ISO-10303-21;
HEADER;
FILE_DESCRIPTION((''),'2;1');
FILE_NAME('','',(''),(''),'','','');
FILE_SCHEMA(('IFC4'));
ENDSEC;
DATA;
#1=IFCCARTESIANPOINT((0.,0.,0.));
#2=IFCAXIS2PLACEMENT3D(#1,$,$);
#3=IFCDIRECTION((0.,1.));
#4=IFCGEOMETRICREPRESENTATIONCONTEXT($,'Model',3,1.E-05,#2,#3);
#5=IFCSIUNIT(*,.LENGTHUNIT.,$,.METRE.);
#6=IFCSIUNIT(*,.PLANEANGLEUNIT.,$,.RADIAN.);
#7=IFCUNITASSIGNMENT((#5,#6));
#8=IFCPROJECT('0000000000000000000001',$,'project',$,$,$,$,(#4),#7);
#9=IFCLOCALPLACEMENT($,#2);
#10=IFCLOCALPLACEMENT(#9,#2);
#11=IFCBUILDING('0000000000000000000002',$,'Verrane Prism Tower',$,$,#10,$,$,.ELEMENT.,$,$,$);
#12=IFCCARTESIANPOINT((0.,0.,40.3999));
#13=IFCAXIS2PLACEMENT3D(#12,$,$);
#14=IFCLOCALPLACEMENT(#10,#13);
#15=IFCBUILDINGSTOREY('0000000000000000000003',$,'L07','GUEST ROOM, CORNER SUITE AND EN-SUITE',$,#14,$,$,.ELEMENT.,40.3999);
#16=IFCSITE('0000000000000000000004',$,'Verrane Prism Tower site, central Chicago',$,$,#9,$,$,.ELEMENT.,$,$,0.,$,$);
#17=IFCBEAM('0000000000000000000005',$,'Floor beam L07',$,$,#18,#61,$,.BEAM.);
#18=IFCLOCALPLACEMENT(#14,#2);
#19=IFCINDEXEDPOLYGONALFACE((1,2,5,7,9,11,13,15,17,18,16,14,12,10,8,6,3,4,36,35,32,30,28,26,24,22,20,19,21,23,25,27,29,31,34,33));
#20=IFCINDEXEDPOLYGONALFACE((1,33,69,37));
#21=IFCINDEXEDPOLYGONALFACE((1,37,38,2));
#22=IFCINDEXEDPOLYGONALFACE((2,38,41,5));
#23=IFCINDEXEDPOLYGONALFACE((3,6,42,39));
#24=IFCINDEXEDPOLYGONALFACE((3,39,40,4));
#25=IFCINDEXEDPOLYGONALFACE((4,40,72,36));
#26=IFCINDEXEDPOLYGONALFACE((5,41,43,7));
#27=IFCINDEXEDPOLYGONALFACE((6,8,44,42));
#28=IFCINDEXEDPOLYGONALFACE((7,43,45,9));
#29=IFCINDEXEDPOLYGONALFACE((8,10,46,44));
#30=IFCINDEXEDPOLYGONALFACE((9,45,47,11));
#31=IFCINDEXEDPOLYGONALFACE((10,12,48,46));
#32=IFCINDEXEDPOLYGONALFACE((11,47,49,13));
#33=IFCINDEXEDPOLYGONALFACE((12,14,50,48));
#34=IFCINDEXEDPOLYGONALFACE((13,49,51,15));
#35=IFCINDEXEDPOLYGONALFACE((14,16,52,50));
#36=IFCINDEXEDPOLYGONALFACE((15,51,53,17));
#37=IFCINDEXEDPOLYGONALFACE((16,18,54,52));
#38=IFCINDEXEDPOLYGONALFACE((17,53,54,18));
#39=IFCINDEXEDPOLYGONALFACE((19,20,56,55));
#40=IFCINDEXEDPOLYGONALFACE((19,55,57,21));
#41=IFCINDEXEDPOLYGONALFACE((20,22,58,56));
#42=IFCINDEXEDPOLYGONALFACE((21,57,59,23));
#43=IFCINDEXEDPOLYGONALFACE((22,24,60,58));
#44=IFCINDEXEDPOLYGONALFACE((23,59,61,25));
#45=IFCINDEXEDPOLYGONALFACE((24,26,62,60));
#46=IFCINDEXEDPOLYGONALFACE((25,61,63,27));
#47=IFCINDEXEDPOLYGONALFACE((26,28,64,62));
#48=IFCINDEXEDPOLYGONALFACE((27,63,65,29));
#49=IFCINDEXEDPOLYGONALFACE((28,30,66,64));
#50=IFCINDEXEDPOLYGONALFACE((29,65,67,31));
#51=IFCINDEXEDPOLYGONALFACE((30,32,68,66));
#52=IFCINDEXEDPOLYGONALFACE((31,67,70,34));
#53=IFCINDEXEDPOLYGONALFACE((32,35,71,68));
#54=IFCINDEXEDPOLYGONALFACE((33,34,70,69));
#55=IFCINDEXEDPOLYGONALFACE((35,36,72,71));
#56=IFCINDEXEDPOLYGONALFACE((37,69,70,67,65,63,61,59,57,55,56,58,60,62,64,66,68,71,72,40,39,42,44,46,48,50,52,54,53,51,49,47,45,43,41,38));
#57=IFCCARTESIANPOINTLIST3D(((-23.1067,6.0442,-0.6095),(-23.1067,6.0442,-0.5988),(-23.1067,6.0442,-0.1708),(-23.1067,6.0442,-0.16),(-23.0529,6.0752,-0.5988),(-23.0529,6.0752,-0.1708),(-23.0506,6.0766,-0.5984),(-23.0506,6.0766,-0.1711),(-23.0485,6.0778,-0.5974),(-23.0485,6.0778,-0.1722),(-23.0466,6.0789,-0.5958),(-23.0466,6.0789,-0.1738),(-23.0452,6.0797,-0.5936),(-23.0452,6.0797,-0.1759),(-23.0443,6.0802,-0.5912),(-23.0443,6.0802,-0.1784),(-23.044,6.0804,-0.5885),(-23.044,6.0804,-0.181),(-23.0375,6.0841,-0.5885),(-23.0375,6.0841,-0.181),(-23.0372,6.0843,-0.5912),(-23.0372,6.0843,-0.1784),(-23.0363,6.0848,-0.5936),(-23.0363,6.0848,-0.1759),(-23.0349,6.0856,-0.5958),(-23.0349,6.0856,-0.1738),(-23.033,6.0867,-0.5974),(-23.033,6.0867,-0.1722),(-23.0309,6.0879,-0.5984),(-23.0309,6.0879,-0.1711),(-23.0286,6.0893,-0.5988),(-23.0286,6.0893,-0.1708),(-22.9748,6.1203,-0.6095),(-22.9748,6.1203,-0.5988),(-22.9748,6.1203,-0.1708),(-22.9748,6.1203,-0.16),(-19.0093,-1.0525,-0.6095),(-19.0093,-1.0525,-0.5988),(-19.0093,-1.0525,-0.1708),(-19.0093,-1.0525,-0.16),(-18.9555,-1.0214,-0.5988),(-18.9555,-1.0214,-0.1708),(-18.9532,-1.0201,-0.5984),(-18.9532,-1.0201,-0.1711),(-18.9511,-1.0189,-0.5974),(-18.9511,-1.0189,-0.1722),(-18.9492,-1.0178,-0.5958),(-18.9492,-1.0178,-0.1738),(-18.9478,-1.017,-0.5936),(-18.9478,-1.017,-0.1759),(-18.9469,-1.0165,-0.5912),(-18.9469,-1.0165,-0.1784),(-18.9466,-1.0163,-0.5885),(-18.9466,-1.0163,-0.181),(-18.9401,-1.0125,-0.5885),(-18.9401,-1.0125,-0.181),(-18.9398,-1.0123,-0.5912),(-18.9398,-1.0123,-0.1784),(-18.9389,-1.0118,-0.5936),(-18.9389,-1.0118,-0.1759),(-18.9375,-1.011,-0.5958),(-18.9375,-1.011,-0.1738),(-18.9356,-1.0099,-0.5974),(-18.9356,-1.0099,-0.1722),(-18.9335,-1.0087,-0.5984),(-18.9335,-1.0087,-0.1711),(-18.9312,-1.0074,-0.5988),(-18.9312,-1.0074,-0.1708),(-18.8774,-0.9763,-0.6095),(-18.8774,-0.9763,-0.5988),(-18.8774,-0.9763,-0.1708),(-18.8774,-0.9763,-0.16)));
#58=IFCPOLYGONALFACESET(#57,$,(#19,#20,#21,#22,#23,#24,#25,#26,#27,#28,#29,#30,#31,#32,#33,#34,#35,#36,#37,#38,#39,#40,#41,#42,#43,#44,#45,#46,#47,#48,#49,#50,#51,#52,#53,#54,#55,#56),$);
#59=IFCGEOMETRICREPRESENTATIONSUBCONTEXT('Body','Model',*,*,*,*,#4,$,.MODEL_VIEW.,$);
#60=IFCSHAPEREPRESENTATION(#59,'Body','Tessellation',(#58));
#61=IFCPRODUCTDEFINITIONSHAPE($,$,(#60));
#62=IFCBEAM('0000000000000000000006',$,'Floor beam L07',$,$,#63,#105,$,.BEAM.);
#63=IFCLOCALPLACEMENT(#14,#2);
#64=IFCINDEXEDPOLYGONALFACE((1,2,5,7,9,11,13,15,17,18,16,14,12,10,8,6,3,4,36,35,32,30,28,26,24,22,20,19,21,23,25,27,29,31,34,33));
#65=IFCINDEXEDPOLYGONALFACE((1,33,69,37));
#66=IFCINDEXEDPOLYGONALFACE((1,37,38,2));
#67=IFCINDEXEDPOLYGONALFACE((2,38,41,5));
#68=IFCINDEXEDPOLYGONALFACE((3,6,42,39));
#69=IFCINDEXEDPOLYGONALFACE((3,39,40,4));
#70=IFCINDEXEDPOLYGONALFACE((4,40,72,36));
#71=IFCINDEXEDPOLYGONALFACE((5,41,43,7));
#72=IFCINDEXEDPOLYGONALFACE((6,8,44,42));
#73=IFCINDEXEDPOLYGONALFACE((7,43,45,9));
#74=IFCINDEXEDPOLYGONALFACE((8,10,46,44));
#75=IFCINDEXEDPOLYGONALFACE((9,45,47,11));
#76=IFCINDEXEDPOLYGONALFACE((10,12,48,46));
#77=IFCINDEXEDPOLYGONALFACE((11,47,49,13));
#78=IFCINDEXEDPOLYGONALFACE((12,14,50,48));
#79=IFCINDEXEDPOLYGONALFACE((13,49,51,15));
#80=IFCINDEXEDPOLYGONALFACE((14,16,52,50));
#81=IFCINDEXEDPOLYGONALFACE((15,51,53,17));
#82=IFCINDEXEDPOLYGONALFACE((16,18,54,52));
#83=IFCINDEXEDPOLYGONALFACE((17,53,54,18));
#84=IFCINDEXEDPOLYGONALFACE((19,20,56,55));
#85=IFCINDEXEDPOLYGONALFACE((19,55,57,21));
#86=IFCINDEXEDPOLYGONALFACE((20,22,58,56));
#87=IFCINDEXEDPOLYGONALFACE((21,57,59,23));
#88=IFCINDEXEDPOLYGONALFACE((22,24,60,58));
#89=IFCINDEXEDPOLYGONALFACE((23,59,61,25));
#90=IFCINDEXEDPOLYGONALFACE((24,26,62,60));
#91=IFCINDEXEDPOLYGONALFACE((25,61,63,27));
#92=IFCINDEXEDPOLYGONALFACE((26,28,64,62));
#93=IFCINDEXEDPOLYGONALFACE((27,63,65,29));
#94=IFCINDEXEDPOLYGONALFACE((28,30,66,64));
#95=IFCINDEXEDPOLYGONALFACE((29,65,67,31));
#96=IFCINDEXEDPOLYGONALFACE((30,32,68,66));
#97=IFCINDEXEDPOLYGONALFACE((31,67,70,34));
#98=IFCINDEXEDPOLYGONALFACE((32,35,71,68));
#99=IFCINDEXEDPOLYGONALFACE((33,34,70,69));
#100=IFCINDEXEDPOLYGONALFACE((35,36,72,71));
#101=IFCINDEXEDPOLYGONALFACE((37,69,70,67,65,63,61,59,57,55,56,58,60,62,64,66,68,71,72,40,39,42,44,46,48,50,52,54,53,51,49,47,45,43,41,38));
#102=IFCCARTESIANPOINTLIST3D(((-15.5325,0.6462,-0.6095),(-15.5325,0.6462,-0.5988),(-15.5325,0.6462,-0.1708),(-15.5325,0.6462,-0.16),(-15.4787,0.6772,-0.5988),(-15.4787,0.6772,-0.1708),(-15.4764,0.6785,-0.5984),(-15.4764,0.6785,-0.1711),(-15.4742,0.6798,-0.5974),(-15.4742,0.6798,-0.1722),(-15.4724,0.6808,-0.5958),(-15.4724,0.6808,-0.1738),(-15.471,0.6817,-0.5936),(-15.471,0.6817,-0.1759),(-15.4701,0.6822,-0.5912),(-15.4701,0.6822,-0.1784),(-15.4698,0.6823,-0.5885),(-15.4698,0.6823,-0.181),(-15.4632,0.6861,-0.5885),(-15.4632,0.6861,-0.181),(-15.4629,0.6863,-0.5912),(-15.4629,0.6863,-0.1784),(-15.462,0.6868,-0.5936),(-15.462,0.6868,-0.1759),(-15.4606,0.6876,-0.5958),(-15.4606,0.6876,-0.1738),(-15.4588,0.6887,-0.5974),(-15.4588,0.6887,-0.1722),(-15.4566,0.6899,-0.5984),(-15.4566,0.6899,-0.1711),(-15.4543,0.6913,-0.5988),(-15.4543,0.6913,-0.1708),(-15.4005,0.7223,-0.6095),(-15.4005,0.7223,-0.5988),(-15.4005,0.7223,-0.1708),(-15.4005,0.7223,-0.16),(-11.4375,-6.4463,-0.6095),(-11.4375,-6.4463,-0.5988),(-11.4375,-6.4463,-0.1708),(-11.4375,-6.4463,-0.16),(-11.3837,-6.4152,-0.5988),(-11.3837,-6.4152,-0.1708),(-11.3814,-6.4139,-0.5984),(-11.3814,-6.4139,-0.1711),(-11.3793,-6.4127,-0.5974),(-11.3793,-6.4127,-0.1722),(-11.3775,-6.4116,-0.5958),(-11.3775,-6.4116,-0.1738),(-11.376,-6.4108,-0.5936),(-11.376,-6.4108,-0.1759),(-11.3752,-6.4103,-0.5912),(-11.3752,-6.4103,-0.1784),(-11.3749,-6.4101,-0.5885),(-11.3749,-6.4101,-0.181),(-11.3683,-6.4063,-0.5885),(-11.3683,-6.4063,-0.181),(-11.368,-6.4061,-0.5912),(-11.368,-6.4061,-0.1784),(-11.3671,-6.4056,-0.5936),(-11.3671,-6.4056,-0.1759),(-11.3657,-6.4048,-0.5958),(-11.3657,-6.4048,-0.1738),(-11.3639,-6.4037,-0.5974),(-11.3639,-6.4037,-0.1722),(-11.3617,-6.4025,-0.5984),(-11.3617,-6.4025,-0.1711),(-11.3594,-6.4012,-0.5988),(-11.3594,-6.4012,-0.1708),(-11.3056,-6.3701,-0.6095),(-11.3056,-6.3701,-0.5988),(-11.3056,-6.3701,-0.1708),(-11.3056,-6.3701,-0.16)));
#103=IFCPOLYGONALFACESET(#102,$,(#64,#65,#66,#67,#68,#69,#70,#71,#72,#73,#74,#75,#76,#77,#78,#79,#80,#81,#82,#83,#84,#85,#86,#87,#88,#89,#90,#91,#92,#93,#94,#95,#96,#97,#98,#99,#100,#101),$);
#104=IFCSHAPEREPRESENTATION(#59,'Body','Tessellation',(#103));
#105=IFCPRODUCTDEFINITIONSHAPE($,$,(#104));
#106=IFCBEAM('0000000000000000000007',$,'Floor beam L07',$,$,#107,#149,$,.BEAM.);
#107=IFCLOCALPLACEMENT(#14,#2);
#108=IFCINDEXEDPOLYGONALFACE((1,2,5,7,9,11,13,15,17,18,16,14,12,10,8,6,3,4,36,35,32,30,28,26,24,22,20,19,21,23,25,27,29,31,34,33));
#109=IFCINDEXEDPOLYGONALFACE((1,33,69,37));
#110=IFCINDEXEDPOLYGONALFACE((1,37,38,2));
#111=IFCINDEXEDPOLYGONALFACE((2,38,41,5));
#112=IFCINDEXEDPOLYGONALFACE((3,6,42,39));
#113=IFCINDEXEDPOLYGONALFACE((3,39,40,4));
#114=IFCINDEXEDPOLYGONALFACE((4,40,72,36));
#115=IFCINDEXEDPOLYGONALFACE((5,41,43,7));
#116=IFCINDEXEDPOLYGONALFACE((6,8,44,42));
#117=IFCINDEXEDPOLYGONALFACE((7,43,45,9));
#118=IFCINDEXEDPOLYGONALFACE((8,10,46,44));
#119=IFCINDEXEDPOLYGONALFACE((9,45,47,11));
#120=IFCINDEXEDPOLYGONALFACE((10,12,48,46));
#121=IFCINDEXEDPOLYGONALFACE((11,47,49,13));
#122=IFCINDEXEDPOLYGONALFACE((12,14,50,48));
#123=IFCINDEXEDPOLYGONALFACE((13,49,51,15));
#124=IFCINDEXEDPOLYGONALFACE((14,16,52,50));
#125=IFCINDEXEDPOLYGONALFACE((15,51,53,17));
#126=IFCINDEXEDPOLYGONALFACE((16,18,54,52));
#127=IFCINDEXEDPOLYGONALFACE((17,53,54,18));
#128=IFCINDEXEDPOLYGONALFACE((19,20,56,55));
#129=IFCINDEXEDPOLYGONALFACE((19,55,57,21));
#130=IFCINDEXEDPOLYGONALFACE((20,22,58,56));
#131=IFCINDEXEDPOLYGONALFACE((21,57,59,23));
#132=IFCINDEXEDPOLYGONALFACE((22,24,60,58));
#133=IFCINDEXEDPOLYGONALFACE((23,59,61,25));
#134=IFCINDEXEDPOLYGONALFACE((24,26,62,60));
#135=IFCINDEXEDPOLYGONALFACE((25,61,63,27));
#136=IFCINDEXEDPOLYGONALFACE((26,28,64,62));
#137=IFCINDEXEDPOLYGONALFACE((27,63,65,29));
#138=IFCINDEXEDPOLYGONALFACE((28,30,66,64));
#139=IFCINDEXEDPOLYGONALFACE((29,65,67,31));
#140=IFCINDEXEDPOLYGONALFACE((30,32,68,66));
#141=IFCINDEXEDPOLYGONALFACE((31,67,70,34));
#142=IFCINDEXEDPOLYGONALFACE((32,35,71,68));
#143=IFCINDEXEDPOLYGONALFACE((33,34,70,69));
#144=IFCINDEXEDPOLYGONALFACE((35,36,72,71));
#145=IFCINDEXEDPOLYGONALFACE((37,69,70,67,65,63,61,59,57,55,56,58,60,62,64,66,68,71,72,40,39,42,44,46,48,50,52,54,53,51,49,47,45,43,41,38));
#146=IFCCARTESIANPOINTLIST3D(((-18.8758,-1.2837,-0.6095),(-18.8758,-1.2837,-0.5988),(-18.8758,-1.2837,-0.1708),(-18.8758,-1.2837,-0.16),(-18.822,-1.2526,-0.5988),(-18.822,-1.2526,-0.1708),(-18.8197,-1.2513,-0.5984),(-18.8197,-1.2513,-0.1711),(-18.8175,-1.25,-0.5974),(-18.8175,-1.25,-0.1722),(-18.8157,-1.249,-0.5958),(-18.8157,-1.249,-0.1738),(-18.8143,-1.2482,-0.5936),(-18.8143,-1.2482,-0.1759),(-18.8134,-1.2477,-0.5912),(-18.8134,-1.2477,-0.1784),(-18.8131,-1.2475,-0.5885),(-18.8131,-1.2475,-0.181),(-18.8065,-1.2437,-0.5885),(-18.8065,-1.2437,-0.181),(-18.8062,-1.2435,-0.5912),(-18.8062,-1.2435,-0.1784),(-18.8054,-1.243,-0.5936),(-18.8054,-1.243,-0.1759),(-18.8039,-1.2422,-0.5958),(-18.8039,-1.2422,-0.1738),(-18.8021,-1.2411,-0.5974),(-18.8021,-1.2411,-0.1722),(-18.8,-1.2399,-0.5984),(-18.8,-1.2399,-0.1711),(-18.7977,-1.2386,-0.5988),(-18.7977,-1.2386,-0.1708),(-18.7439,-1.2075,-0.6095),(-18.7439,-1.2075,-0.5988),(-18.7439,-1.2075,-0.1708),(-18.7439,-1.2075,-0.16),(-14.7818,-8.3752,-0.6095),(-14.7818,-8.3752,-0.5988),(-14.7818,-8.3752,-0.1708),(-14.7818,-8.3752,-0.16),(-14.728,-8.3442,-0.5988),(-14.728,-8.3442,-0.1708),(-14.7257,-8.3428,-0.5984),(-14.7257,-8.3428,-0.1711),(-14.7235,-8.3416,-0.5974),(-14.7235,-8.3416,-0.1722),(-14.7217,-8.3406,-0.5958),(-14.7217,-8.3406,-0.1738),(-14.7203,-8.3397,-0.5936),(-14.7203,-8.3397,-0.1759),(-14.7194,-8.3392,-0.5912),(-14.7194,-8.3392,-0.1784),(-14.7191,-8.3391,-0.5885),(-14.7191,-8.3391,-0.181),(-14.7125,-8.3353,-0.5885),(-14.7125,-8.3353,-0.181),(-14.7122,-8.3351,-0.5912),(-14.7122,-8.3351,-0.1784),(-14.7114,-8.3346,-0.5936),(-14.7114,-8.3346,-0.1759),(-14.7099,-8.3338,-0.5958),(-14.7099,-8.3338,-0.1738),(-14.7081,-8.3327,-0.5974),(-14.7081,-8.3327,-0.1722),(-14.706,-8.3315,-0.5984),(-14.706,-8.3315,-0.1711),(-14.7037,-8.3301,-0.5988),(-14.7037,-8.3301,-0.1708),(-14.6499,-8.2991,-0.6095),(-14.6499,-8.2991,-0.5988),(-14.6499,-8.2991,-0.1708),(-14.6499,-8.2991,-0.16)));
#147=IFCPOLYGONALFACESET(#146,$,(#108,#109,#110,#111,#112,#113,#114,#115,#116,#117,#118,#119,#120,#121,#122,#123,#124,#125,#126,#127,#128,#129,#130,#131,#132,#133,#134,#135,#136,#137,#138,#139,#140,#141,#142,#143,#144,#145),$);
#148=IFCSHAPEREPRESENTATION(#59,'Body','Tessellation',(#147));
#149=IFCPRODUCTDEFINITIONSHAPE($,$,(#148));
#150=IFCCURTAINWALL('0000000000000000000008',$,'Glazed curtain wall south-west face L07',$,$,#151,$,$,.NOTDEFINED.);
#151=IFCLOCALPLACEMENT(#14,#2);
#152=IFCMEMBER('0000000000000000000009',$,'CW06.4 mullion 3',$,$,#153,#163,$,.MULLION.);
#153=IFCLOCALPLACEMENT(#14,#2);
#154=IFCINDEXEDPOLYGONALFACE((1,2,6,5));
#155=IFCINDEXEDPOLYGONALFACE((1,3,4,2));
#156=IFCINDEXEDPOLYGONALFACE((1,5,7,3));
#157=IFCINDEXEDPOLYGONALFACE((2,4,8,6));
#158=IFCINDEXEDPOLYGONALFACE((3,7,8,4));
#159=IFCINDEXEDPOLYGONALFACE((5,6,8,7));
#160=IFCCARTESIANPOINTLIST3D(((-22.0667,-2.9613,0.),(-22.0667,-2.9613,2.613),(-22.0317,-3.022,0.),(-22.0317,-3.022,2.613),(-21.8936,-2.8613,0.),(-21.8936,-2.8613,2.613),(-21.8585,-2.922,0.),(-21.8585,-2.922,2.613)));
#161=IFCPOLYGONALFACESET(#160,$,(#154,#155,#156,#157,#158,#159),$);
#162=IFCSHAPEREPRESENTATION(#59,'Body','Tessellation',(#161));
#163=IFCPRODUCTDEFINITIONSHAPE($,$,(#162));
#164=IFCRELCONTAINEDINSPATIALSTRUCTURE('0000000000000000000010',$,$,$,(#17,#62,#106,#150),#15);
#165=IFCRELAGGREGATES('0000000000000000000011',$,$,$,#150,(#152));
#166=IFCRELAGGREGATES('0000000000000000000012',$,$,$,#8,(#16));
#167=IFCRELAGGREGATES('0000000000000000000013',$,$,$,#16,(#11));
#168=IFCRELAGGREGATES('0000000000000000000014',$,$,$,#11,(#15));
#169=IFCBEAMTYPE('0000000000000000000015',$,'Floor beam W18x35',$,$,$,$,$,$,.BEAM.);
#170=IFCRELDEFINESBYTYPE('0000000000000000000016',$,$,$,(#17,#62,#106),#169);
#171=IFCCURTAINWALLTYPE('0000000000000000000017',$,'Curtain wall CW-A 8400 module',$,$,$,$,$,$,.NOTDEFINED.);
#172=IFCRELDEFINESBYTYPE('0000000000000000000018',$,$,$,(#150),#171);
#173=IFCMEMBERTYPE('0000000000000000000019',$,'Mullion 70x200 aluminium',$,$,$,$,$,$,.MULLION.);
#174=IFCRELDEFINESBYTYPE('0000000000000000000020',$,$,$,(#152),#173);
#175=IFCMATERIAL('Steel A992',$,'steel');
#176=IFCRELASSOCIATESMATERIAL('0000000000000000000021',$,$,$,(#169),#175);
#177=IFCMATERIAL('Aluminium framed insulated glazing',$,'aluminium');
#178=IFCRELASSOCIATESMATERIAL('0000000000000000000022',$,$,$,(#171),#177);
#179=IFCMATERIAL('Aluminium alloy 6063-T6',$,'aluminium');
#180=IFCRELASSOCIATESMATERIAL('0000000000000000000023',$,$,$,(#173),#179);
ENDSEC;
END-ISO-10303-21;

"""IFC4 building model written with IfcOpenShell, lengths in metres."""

from ifc_helpers import new_model, si_unit, direction, frame, origin, origin_2d, place, context, subcontext, project, spatial, rectangle, i_section, extrude, material, material_profile, profile_set, type_object, element, aggregate, save


model = new_model("IFC4")

# Units and contexts
model_context = context("Model", 3, precision=1e-05, world=origin(), true_north=direction((0.0, 1.0)))
body_context = subcontext(model_context, "Body", "Model", "MODEL_VIEW")
ifc_project = project(units=[si_unit("LENGTHUNIT", "METRE"), si_unit("PLANEANGLEUNIT", "RADIAN")], contexts=[model_context])

# Site, building, storey
site_placement = place(None, origin())
site = spatial("IfcSite", under=ifc_project, at=site_placement, Name="Verrane Prism Tower site, central Chicago", CompositionType="ELEMENT", RefElevation=0.0)
building_placement = place(site_placement, origin())
building = spatial("IfcBuilding", under=site, at=building_placement, Name="Verrane Prism Tower", CompositionType="ELEMENT")
storey_placement = place(building_placement, frame((0.0, 0.0, 40.3999)))
storey = spatial("IfcBuildingStorey", under=building, at=storey_placement, Name="L07", Description="GUEST ROOM, CORNER SUITE AND EN-SUITE", CompositionType="ELEMENT", Elevation=40.3999)

# Beams
ifc_material_1 = material(Name="Steel A992", Category="steel")
ifc_material_profile_1 = material_profile(ifc_material_1, i_section(OverallWidth=0.1523, OverallDepth=0.4495, WebThickness=0.0076, FlangeThickness=0.0107, FilletRadius=0.0103, at=origin_2d()), Name="W18x35")
ifc_profile_set_1 = profile_set([ifc_material_profile_1], Name="Steel A992")
beam_type_1 = type_object("IfcBeamType", Name="Floor beam W18x35", PredefinedType="BEAM", material=ifc_profile_set_1)
beam_1_placement = place(storey_placement, frame((-18.9434, -1.0144, -0.3848), z_axis=(-0.500013, 0.866018, 0.0), x_axis=(-0.866018, -0.500013, 0.0)))
element("IfcBeam", 1, at=beam_1_placement, inside=storey, type_object=beam_type_1, Name="Floor beam L07", PredefinedType="BEAM", context=body_context, shape_type="SweptSolid", body=[
    extrude(i_section(OverallWidth=0.1523, OverallDepth=0.4495, WebThickness=0.0076, FlangeThickness=0.0107, FilletRadius=0.0103, at=origin_2d()), origin(), (0.0, 0.0, 1.0), 8.1946),
])
beam_2_placement = place(storey_placement, frame((-11.3716, -6.4082, -0.3848), z_axis=(-0.500009, 0.86602, 0.0), x_axis=(-0.86602, -0.500009, 0.0)))
element("IfcBeam", 2, at=beam_2_placement, inside=storey, type_object=beam_type_1, Name="Floor beam L07", PredefinedType="BEAM", context=body_context, shape_type="SweptSolid", body=[
    extrude(i_section(OverallWidth=0.1523, OverallDepth=0.4495, WebThickness=0.0076, FlangeThickness=0.0107, FilletRadius=0.0103, at=origin_2d()), origin(), (0.0, 0.0, 1.0), 8.1897),
])
beam_3_placement = place(storey_placement, frame((-14.7158, -8.3372, -0.3848), z_axis=(-0.499971, 0.866042, 0.0), x_axis=(-0.866042, -0.499971, 0.0)))
element("IfcBeam", 3, at=beam_3_placement, inside=storey, type_object=beam_type_1, Name="Floor beam L07", PredefinedType="BEAM", context=body_context, shape_type="SweptSolid", body=[
    extrude(i_section(OverallWidth=0.1523, OverallDepth=0.4495, WebThickness=0.0076, FlangeThickness=0.0107, FilletRadius=0.0103, at=origin_2d()), origin(), (0.0, 0.0, 1.0), 8.1885),
])

# Curtain wall, member
ifc_material_2 = material(Name="Aluminium framed insulated glazing", Category="aluminium")
curtain_wall_type = type_object("IfcCurtainWallType", Name="Curtain wall CW-A 8400 module", PredefinedType="NOTDEFINED", material=ifc_material_2)
curtain_wall_placement = place(storey_placement, origin())
curtain_wall = element("IfcCurtainWall", 4, at=curtain_wall_placement, inside=storey, type_object=curtain_wall_type, Name="Glazed curtain wall south-west face L07", PredefinedType="NOTDEFINED")
ifc_material_3 = material(Name="Aluminium alloy 6063-T6", Category="aluminium")
ifc_material_profile_2 = material_profile(ifc_material_3, rectangle(XDim=0.2, YDim=0.0701, at=origin_2d()), Name="Mullion 70x200 aluminium")
ifc_profile_set_2 = profile_set([ifc_material_profile_2], Name="Aluminium alloy 6063-T6")
member_type_1 = type_object("IfcMemberType", Name="Mullion 70x200 aluminium", PredefinedType="MULLION", material=ifc_profile_set_2)
member_1_placement = place(storey_placement, frame((-21.9626, -2.9417, 0.0), z_axis=(0.0, 0.0, 1.0), x_axis=(0.866025, 0.5, 0.0)))
member_1 = element("IfcMember", 5, at=member_1_placement, type_object=member_type_1, Name="CW06.4 mullion 3", PredefinedType="MULLION", context=body_context, shape_type="SweptSolid", body=[
    extrude(rectangle(XDim=0.2, YDim=0.0701, at=origin_2d()), origin(), (0.0, 0.0, 1.0), 2.613),
])

aggregate(curtain_wall, [member_1])

save(model, "model.ifc")
